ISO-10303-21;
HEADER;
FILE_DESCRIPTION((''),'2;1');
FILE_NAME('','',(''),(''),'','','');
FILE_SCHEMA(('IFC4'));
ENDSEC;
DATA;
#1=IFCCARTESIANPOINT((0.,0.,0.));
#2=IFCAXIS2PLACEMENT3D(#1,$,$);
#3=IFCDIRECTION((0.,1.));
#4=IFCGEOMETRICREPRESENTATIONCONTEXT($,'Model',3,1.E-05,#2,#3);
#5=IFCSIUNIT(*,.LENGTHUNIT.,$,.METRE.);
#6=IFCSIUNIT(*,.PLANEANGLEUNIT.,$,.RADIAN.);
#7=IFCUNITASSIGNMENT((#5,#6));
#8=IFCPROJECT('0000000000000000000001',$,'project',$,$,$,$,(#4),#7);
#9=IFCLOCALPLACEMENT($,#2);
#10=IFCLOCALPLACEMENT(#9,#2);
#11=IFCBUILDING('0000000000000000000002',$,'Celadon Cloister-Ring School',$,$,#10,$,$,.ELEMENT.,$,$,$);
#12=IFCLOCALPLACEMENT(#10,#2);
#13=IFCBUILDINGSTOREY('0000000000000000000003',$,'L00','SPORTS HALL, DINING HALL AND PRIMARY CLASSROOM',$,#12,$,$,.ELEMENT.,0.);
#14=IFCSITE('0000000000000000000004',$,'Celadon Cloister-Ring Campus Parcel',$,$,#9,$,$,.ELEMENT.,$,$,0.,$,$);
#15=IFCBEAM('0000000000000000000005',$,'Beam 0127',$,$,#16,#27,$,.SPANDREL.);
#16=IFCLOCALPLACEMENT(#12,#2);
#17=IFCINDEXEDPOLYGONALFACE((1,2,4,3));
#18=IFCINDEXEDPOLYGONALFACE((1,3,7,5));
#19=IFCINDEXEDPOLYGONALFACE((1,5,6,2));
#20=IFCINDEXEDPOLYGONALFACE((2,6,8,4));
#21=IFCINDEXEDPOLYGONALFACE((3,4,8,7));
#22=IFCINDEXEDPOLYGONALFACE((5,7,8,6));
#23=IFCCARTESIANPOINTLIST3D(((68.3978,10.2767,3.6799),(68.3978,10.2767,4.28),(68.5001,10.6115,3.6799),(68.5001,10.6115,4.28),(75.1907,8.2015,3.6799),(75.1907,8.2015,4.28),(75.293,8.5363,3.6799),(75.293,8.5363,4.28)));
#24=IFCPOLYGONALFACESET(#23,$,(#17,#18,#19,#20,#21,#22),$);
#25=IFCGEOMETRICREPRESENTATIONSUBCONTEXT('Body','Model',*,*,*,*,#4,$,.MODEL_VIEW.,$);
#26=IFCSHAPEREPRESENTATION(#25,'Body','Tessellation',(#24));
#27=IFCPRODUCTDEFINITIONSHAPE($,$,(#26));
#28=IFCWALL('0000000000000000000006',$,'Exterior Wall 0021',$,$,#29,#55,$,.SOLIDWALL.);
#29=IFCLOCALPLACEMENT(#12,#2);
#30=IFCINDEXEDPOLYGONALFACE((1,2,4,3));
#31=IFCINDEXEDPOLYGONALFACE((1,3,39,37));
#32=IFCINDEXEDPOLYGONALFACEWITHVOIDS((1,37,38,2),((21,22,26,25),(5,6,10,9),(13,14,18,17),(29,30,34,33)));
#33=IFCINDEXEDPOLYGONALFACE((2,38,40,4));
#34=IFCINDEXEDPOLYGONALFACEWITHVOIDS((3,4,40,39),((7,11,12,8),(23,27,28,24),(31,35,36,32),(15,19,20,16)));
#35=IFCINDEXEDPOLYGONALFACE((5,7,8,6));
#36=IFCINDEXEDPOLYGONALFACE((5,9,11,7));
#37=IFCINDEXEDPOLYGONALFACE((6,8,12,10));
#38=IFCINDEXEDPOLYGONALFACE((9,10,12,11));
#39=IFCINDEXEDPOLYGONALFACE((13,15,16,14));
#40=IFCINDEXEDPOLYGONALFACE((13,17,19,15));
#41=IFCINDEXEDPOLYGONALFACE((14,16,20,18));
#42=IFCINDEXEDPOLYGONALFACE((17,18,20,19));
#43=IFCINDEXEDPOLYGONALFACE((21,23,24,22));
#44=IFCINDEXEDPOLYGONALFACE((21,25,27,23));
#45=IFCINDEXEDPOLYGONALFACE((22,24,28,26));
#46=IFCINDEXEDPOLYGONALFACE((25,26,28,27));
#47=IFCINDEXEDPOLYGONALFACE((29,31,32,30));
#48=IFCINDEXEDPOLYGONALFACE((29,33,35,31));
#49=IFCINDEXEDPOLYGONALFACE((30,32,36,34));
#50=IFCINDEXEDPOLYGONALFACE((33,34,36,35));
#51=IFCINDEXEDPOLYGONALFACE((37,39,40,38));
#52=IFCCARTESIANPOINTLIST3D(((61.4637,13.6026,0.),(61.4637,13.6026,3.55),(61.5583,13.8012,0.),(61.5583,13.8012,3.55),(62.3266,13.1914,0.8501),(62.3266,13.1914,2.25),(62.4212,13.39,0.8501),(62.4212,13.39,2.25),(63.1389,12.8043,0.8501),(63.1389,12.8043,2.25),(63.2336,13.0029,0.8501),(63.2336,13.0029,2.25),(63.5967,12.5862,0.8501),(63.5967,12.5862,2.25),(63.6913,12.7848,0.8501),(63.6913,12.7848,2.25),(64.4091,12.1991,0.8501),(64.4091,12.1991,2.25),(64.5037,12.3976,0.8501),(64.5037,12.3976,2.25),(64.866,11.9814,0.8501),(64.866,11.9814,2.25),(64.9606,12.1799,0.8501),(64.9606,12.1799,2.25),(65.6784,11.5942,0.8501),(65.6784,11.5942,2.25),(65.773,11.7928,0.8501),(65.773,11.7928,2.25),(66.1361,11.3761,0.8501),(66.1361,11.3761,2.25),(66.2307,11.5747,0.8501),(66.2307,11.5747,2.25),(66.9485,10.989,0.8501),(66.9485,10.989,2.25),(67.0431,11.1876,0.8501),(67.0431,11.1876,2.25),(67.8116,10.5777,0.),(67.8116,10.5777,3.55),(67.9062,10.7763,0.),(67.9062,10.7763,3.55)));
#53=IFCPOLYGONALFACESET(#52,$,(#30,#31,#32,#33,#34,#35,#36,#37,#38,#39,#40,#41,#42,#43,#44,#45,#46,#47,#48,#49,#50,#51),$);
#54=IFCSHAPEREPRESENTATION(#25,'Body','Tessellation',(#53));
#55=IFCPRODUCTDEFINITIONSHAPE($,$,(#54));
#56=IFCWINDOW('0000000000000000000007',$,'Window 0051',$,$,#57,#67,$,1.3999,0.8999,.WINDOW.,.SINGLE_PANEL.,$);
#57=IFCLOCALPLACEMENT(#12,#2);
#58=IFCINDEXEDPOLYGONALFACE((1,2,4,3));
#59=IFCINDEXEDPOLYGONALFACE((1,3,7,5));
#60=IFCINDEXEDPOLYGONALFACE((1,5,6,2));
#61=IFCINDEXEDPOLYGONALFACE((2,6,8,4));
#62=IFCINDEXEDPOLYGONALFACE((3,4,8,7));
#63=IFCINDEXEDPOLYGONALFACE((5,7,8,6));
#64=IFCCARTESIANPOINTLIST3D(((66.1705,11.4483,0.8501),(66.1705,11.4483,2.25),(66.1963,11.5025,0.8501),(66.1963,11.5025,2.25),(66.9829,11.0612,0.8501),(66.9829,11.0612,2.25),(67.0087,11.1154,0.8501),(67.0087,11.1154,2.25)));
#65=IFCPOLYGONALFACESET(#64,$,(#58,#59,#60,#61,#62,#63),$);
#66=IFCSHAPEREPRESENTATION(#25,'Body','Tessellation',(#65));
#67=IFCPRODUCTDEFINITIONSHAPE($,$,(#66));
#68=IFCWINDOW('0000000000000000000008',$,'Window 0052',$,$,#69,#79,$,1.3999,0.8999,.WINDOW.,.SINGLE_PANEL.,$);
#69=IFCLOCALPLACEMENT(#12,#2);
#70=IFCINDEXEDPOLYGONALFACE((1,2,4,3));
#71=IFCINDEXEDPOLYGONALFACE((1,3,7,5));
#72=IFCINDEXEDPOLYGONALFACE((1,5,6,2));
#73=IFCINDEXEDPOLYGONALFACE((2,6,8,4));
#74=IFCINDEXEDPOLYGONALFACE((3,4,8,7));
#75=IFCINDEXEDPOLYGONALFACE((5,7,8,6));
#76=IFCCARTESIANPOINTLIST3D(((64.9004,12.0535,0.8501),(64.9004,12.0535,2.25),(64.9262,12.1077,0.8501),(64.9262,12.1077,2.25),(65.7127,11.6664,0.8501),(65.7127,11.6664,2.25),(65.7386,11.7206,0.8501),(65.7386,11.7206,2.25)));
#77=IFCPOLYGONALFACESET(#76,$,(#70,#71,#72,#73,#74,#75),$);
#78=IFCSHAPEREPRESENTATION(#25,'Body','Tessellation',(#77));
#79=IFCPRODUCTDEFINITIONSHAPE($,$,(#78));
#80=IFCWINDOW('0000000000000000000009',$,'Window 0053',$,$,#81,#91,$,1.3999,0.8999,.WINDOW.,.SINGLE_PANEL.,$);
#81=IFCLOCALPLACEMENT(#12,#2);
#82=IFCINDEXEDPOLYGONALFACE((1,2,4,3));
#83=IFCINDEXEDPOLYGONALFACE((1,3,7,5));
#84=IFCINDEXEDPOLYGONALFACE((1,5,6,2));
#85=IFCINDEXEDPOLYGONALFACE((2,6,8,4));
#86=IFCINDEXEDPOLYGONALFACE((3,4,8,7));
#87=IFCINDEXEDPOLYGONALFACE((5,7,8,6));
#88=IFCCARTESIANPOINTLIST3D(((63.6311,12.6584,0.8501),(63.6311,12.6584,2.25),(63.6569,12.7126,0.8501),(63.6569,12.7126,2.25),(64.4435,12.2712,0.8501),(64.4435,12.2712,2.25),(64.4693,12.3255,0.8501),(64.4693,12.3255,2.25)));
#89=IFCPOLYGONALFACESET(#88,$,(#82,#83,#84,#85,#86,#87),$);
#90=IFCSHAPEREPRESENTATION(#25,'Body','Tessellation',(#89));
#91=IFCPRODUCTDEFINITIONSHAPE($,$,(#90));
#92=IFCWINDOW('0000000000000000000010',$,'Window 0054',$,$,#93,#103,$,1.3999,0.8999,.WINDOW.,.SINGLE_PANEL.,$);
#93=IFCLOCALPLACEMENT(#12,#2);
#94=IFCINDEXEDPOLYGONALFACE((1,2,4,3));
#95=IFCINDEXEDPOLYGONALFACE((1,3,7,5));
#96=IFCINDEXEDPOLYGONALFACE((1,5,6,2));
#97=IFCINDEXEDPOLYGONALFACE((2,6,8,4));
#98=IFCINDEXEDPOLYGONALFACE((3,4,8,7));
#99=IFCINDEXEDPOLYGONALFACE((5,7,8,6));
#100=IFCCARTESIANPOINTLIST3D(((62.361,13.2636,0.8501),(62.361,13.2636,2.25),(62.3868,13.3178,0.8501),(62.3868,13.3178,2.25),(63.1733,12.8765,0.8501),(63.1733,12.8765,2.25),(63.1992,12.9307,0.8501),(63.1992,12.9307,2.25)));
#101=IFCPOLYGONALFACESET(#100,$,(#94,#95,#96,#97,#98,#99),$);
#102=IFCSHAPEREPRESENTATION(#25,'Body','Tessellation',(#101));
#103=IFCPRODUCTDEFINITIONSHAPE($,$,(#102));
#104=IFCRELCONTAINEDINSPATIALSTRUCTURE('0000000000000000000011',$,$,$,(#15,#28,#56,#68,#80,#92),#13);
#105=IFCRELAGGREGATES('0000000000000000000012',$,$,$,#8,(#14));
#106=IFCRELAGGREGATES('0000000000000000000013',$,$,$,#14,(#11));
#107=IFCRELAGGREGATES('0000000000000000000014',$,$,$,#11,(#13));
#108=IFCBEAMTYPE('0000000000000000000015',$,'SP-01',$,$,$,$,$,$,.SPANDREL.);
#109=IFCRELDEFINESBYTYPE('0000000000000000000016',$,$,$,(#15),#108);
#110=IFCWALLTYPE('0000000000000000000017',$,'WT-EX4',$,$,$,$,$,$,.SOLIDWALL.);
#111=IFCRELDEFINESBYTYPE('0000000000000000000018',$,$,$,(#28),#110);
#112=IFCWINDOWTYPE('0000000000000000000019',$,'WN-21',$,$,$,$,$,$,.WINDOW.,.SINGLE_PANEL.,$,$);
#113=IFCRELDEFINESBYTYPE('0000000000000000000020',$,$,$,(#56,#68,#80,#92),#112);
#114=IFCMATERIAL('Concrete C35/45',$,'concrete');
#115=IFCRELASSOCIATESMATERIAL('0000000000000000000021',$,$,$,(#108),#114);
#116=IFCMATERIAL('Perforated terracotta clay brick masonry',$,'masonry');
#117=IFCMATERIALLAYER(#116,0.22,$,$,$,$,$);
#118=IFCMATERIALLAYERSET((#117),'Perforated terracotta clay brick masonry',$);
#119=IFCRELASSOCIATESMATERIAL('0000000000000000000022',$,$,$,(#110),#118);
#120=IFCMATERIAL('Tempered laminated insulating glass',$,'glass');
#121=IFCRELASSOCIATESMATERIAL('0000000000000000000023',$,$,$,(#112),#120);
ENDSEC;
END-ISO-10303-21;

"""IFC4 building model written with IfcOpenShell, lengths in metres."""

from ifc_helpers import new_model, si_unit, direction, frame, frame_2d, origin, origin_2d, place, context, subcontext, project, spatial, rectangle, extrude, material, layer, layer_set, material_profile, profile_set, type_object, element, fill, save


model = new_model("IFC4")

# Units and contexts
model_context = context("Model", 3, precision=1e-05, world=origin(), true_north=direction((0.0, 1.0)))
body_context = subcontext(model_context, "Body", "Model", "MODEL_VIEW")
ifc_project = project(units=[si_unit("LENGTHUNIT", "METRE"), si_unit("PLANEANGLEUNIT", "RADIAN")], contexts=[model_context])

# Site, building, storey
site_placement = place(None, origin())
site = spatial("IfcSite", under=ifc_project, at=site_placement, Name="Celadon Cloister-Ring Campus Parcel", CompositionType="ELEMENT", RefElevation=0.0)
building_placement = place(site_placement, origin())
building = spatial("IfcBuilding", under=site, at=building_placement, Name="Celadon Cloister-Ring School", CompositionType="ELEMENT")
storey_placement = place(building_placement, origin())
storey = spatial("IfcBuildingStorey", under=building, at=storey_placement, Name="L00", Description="SPORTS HALL, DINING HALL AND PRIMARY CLASSROOM", CompositionType="ELEMENT", Elevation=0.0)

# Beam
ifc_material_1 = material(Name="Concrete C35/45", Category="concrete")
ifc_material_profile_1 = material_profile(ifc_material_1, rectangle(XDim=0.3501, YDim=0.6001, at=origin_2d()), Name="RC350X600")
ifc_profile_set_1 = profile_set([ifc_material_profile_1], Name="Concrete C35/45")
beam_type_1 = type_object("IfcBeamType", Name="SP-01", PredefinedType="SPANDREL", material=ifc_profile_set_1)
beam_1_placement = place(storey_placement, frame((68.449, 10.4441, 3.98), z_axis=(0.956369, -0.292163, 0.0), x_axis=(0.292163, 0.956369, 0.0)))
element("IfcBeam", 1, at=beam_1_placement, inside=storey, type_object=beam_type_1, Name="Beam 0127", PredefinedType="SPANDREL", context=body_context, shape_type="SweptSolid", body=[
    extrude(rectangle(XDim=0.3501, YDim=0.6001, at=origin_2d()), origin(), (0.0, 0.0, 1.0), 7.1028),
])

# Wall, openings, windows
ifc_material_2 = material(Name="Perforated terracotta clay brick masonry", Category="masonry")
ifc_layer_1 = layer(ifc_material_2, 0.22)
ifc_layer_set_1 = layer_set([ifc_layer_1], Name="Perforated terracotta clay brick masonry")
wall_type_1 = type_object("IfcWallType", Name="WT-EX4", PredefinedType="SOLIDWALL", material=ifc_layer_set_1)
wall_1_placement = place(storey_placement, frame((67.8589, 10.677, 0.0), z_axis=(0.0, 0.0, 1.0), x_axis=(-0.902745, 0.430176, 0.0)))
wall_1 = element("IfcWall", 2, at=wall_1_placement, inside=storey, type_object=wall_type_1, Name="Exterior Wall 0021", PredefinedType="SOLIDWALL", context=body_context, shape_type="SweptSolid", body=[
    extrude(rectangle(XDim=7.0317, YDim=0.22, at=frame_2d((3.5159, 0.0))), origin(), (0.0, 0.0, 1.0), 3.55),
])
opening_1_placement = place(wall_1_placement, frame((0.9561, 0.0, 0.8501)))
opening_1 = element("IfcOpeningElement", 3, at=opening_1_placement, cuts=wall_1, PredefinedType="OPENING", context=body_context, shape_type="SweptSolid", body=[
    extrude(rectangle(XDim=0.8999, YDim=1.3999, at=frame_2d((0.45, 0.7))), frame((0.0, 0.1201, 0.0), z_axis=(0.0, -1.0, 0.0), x_axis=(1.0, 0.0, 0.0)), (0.0, 0.0, 1.0), 0.24),
])
opening_2_placement = place(wall_1_placement, frame((2.363, 0.0, 0.8501)))
opening_2 = element("IfcOpeningElement", 4, at=opening_2_placement, cuts=wall_1, PredefinedType="OPENING", context=body_context, shape_type="SweptSolid", body=[
    extrude(rectangle(XDim=0.8999, YDim=1.3999, at=frame_2d((0.45, 0.7))), frame((0.0, 0.1201, 0.0), z_axis=(0.0, -1.0, 0.0), x_axis=(1.0, 0.0, 0.0)), (0.0, 0.0, 1.0), 0.24),
])
opening_3_placement = place(wall_1_placement, frame((3.769, 0.0, 0.8501)))
opening_3 = element("IfcOpeningElement", 5, at=opening_3_placement, cuts=wall_1, PredefinedType="OPENING", context=body_context, shape_type="SweptSolid", body=[
    extrude(rectangle(XDim=0.8999, YDim=1.3999, at=frame_2d((0.45, 0.7))), frame((0.0, 0.1201, 0.0), z_axis=(0.0, -1.0, 0.0), x_axis=(1.0, 0.0, 0.0)), (0.0, 0.0, 1.0), 0.24),
])
opening_4_placement = place(wall_1_placement, frame((5.176, 0.0, 0.8501)))
opening_4 = element("IfcOpeningElement", 6, at=opening_4_placement, cuts=wall_1, PredefinedType="OPENING", context=body_context, shape_type="SweptSolid", body=[
    extrude(rectangle(XDim=0.8999, YDim=1.3999, at=frame_2d((0.45, 0.7))), frame((0.0, 0.1201, 0.0), z_axis=(0.0, -1.0, 0.0), x_axis=(1.0, 0.0, 0.0)), (0.0, 0.0, 1.0), 0.24),
])
ifc_material_3 = material(Name="Tempered laminated insulating glass", Category="glass")
window_type = type_object("IfcWindowType", Name="WN-21", PartitioningType="SINGLE_PANEL", PredefinedType="WINDOW", material=ifc_material_3)
window_1_placement = place(opening_1_placement, origin())
window_1 = element("IfcWindow", 7, at=window_1_placement, inside=storey, type_object=window_type, Name="Window 0051", OverallHeight=1.3999, OverallWidth=0.8999, PartitioningType="SINGLE_PANEL", PredefinedType="WINDOW", context=body_context, shape_type="SweptSolid", body=[
    extrude(rectangle(XDim=0.8999, YDim=1.3999, at=frame_2d((0.45, 0.7))), frame((0.0, 0.03, 0.0), z_axis=(0.0, -1.0, 0.0), x_axis=(1.0, 0.0, 0.0)), (0.0, 0.0, 1.0), 0.0601),
])
fill(opening_1, window_1)
window_2_placement = place(opening_2_placement, origin())
window_2 = element("IfcWindow", 8, at=window_2_placement, inside=storey, type_object=window_type, Name="Window 0052", OverallHeight=1.3999, OverallWidth=0.8999, PartitioningType="SINGLE_PANEL", PredefinedType="WINDOW", context=body_context, shape_type="SweptSolid", body=[
    extrude(rectangle(XDim=0.8999, YDim=1.3999, at=frame_2d((0.45, 0.7))), frame((0.0, 0.03, 0.0), z_axis=(0.0, -1.0, 0.0), x_axis=(1.0, 0.0, 0.0)), (0.0, 0.0, 1.0), 0.0601),
])
fill(opening_2, window_2)
window_3_placement = place(opening_3_placement, origin())
window_3 = element("IfcWindow", 9, at=window_3_placement, inside=storey, type_object=window_type, Name="Window 0053", OverallHeight=1.3999, OverallWidth=0.8999, PartitioningType="SINGLE_PANEL", PredefinedType="WINDOW", context=body_context, shape_type="SweptSolid", body=[
    extrude(rectangle(XDim=0.8999, YDim=1.3999, at=frame_2d((0.45, 0.7))), frame((0.0, 0.03, 0.0), z_axis=(0.0, -1.0, 0.0), x_axis=(1.0, 0.0, 0.0)), (0.0, 0.0, 1.0), 0.0601),
])
fill(opening_3, window_3)
window_4_placement = place(opening_4_placement, origin())
window_4 = element("IfcWindow", 10, at=window_4_placement, inside=storey, type_object=window_type, Name="Window 0054", OverallHeight=1.3999, OverallWidth=0.8999, PartitioningType="SINGLE_PANEL", PredefinedType="WINDOW", context=body_context, shape_type="SweptSolid", body=[
    extrude(rectangle(XDim=0.8999, YDim=1.3999, at=frame_2d((0.45, 0.7))), frame((0.0, 0.03, 0.0), z_axis=(0.0, -1.0, 0.0), x_axis=(1.0, 0.0, 0.0)), (0.0, 0.0, 1.0), 0.0601),
])
fill(opening_4, window_4)

save(model, "model.ifc")
